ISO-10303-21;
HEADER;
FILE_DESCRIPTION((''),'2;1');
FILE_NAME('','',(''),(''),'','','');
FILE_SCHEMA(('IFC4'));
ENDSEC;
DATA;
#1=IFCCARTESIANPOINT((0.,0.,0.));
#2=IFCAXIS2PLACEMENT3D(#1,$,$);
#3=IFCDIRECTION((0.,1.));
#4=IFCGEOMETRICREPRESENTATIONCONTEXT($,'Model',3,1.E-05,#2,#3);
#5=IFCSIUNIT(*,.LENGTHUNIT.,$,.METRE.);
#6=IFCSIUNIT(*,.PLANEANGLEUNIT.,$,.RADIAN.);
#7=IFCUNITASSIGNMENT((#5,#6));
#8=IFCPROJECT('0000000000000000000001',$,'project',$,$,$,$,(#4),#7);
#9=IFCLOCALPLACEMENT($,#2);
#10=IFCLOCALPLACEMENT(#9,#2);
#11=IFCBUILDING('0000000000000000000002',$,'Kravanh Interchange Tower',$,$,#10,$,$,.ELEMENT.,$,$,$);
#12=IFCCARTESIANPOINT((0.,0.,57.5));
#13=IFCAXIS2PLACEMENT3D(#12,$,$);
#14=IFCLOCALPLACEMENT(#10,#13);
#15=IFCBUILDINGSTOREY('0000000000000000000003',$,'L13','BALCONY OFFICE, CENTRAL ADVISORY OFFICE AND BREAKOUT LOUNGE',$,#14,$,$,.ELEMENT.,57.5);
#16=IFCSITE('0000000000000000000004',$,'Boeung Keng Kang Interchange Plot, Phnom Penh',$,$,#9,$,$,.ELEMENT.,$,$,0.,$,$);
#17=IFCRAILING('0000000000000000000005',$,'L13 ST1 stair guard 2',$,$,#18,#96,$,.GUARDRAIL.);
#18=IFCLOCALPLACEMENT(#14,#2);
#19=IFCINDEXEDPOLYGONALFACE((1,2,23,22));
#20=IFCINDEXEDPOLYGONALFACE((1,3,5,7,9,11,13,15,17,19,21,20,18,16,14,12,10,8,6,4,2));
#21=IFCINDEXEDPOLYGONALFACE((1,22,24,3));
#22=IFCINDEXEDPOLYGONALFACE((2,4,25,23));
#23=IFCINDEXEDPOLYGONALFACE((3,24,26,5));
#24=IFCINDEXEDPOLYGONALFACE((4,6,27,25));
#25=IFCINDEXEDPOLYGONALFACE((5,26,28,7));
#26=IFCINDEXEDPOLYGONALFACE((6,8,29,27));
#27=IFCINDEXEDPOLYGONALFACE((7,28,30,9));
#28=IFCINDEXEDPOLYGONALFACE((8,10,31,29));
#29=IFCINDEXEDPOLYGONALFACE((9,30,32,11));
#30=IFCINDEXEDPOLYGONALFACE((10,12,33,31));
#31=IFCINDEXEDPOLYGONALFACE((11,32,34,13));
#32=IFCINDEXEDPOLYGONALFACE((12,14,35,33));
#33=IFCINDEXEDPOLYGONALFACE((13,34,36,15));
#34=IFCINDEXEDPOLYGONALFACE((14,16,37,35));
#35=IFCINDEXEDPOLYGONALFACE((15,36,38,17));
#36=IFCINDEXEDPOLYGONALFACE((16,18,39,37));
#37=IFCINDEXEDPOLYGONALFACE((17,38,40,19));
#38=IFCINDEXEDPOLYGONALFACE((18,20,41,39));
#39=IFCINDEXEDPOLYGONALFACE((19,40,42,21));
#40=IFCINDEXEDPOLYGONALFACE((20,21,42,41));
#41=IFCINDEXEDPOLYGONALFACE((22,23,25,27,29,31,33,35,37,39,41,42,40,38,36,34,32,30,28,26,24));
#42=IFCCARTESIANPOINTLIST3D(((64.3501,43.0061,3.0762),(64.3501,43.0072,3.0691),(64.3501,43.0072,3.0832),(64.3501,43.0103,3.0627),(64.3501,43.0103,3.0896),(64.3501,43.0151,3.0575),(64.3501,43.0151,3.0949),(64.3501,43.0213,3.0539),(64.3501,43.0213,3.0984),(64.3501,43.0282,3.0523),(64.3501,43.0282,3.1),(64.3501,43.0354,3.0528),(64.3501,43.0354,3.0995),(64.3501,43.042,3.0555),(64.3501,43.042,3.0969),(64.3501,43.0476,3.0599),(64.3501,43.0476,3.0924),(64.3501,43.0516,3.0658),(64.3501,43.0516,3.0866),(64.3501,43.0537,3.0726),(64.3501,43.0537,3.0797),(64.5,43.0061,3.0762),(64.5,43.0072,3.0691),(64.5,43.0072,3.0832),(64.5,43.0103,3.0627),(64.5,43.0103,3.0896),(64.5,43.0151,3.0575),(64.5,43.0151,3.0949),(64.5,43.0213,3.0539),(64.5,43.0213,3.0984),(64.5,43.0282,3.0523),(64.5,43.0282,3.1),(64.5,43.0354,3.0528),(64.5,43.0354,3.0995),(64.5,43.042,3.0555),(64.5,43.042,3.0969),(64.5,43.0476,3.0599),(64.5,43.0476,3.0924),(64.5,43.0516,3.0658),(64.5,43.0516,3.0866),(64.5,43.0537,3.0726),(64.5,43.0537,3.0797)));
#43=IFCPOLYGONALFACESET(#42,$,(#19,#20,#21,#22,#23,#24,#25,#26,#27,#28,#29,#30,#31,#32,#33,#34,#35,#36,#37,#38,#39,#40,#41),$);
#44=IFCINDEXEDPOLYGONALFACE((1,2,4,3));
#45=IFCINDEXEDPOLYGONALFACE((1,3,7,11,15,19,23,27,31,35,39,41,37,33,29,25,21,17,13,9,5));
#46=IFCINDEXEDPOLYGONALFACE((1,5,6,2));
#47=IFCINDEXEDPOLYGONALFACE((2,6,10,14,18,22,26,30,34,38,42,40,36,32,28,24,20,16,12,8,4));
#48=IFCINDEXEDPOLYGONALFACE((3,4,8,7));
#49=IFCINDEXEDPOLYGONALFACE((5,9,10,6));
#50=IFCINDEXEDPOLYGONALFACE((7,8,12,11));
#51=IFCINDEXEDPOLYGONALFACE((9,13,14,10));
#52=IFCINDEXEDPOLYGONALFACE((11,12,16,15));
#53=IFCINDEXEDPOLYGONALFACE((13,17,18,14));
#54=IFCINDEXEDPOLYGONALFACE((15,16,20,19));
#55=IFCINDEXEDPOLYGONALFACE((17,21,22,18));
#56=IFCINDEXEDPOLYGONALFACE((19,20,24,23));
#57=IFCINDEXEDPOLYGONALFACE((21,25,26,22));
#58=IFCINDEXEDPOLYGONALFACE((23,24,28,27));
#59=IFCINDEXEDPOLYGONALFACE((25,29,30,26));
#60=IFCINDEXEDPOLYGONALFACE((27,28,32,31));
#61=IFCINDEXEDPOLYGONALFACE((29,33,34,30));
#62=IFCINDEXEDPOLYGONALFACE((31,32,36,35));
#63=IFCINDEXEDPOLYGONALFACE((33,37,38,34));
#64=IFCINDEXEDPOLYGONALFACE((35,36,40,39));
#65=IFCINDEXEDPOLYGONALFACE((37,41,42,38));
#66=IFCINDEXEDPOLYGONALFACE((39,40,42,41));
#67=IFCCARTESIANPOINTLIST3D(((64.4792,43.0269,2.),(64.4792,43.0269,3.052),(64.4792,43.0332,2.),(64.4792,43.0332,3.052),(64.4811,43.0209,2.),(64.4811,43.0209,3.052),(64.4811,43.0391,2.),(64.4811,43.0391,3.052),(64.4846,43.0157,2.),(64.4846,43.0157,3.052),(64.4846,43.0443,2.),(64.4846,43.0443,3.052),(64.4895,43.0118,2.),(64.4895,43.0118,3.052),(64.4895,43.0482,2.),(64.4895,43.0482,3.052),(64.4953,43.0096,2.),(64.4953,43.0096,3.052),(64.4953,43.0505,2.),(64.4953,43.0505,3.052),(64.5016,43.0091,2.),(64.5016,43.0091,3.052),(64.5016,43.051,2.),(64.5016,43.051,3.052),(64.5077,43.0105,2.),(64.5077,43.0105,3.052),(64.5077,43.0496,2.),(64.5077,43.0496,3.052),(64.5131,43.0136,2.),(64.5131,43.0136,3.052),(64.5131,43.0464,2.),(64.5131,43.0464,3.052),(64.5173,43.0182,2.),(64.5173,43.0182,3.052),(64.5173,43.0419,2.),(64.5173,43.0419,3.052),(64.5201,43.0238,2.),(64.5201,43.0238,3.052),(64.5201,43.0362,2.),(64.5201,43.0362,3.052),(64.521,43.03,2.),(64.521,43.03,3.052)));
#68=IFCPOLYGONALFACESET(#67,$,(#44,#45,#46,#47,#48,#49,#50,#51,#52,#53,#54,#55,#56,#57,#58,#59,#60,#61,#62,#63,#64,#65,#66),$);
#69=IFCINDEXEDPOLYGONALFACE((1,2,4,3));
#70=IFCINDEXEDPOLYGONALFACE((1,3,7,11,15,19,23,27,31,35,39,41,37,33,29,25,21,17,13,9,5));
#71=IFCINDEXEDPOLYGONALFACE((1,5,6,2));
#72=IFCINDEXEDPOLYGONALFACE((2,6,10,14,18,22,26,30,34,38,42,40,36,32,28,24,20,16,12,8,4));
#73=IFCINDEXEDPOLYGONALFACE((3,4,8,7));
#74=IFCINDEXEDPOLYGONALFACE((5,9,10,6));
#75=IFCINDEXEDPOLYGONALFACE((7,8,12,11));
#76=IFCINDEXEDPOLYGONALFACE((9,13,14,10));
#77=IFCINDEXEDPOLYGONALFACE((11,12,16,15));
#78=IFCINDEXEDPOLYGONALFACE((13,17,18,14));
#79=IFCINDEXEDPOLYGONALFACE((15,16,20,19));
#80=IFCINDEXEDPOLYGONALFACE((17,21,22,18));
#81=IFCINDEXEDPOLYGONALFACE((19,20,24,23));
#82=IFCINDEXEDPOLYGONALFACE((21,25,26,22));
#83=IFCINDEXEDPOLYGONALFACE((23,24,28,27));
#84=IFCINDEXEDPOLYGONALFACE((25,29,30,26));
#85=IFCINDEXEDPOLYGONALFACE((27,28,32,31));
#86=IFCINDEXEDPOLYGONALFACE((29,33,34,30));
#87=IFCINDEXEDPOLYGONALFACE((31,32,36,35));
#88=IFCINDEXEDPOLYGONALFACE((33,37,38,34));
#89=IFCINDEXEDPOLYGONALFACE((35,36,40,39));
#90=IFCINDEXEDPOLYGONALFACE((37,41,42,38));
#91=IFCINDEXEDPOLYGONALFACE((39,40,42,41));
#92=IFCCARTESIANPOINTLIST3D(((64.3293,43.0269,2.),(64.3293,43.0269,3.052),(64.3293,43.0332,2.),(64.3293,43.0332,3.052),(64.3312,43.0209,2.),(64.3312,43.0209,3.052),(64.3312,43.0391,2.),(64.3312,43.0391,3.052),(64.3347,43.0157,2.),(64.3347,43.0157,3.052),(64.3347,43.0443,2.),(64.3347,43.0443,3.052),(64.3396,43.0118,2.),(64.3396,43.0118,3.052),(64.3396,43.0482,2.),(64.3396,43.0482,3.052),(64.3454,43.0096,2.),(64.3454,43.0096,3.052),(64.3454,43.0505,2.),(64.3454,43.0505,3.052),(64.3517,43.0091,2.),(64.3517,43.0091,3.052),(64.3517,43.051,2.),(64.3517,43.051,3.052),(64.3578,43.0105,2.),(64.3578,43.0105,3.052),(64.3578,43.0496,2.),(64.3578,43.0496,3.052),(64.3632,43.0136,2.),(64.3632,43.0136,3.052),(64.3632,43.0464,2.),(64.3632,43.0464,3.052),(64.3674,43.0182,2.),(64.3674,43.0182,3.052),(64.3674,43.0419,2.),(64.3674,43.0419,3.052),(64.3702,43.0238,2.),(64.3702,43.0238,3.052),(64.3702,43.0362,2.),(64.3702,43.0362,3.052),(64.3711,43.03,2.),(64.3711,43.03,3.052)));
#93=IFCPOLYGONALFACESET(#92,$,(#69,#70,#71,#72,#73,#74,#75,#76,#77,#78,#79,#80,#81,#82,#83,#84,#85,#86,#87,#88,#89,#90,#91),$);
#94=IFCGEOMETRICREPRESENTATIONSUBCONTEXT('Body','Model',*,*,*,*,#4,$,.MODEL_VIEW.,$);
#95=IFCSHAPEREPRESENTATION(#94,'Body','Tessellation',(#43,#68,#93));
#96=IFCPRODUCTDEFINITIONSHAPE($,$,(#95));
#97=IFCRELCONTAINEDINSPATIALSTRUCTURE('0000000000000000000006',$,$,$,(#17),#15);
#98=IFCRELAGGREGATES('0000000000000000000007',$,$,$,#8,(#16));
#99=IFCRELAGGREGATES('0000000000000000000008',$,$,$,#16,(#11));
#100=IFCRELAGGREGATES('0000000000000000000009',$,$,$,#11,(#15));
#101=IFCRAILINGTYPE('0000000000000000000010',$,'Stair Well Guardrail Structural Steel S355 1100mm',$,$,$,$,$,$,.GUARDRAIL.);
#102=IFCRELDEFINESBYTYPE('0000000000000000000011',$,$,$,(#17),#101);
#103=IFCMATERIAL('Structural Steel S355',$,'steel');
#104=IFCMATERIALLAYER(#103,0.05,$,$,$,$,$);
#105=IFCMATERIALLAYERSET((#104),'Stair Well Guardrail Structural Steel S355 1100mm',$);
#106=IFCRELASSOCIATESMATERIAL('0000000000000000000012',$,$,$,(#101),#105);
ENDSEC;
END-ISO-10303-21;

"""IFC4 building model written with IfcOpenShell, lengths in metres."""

from ifc_helpers import new_model, si_unit, direction, frame, origin, origin_2d, place, context, subcontext, project, spatial, circle, extrude, material, layer, layer_set, type_object, element, save


model = new_model("IFC4")

# Units and contexts
model_context = context("Model", 3, precision=1e-05, world=origin(), true_north=direction((0.0, 1.0)))
body_context = subcontext(model_context, "Body", "Model", "MODEL_VIEW")
ifc_project = project(units=[si_unit("LENGTHUNIT", "METRE"), si_unit("PLANEANGLEUNIT", "RADIAN")], contexts=[model_context])

# Site, building, storey
site_placement = place(None, origin())
site = spatial("IfcSite", under=ifc_project, at=site_placement, Name="Boeung Keng Kang Interchange Plot, Phnom Penh", CompositionType="ELEMENT", RefElevation=0.0)
building_placement = place(site_placement, origin())
building = spatial("IfcBuilding", under=site, at=building_placement, Name="Kravanh Interchange Tower", CompositionType="ELEMENT")
storey_placement = place(building_placement, frame((0.0, 0.0, 57.5)))
storey = spatial("IfcBuildingStorey", under=building, at=storey_placement, Name="L13", Description="BALCONY OFFICE, CENTRAL ADVISORY OFFICE AND BREAKOUT LOUNGE", CompositionType="ELEMENT", Elevation=57.5)

# Railing
ifc_material_1 = material(Name="Structural Steel S355", Category="steel")
ifc_layer_1 = layer(ifc_material_1, 0.05)
ifc_layer_set_1 = layer_set([ifc_layer_1], Name="Stair Well Guardrail Structural Steel S355 1100mm")
railing_type_1 = type_object("IfcRailingType", Name="Stair Well Guardrail Structural Steel S355 1100mm", PredefinedType="GUARDRAIL", material=ifc_layer_set_1)
railing_1_placement = place(storey_placement, frame((64.5, 43.03, 2.0)))
element("IfcRailing", 1, at=railing_1_placement, inside=storey, type_object=railing_type_1, Name="L13 ST1 stair guard 2", PredefinedType="GUARDRAIL", context=body_context, shape_type="SweptSolid", body=[
    extrude(circle(Radius=0.0239, at=origin_2d()), frame((0.0, 0.0, 1.0762), z_axis=(-1.0, 0.0, 0.0), x_axis=(0.0, -1.0, 0.0)), (0.0, 0.0, 1.0), 0.1499),
    extrude(circle(Radius=0.021, at=origin_2d()), origin(), (0.0, 0.0, 1.0), 1.052),
    extrude(circle(Radius=0.021, at=origin_2d()), frame((-0.1499, 0.0, 0.0)), (0.0, 0.0, 1.0), 1.052),
])

save(model, "model.ifc")
